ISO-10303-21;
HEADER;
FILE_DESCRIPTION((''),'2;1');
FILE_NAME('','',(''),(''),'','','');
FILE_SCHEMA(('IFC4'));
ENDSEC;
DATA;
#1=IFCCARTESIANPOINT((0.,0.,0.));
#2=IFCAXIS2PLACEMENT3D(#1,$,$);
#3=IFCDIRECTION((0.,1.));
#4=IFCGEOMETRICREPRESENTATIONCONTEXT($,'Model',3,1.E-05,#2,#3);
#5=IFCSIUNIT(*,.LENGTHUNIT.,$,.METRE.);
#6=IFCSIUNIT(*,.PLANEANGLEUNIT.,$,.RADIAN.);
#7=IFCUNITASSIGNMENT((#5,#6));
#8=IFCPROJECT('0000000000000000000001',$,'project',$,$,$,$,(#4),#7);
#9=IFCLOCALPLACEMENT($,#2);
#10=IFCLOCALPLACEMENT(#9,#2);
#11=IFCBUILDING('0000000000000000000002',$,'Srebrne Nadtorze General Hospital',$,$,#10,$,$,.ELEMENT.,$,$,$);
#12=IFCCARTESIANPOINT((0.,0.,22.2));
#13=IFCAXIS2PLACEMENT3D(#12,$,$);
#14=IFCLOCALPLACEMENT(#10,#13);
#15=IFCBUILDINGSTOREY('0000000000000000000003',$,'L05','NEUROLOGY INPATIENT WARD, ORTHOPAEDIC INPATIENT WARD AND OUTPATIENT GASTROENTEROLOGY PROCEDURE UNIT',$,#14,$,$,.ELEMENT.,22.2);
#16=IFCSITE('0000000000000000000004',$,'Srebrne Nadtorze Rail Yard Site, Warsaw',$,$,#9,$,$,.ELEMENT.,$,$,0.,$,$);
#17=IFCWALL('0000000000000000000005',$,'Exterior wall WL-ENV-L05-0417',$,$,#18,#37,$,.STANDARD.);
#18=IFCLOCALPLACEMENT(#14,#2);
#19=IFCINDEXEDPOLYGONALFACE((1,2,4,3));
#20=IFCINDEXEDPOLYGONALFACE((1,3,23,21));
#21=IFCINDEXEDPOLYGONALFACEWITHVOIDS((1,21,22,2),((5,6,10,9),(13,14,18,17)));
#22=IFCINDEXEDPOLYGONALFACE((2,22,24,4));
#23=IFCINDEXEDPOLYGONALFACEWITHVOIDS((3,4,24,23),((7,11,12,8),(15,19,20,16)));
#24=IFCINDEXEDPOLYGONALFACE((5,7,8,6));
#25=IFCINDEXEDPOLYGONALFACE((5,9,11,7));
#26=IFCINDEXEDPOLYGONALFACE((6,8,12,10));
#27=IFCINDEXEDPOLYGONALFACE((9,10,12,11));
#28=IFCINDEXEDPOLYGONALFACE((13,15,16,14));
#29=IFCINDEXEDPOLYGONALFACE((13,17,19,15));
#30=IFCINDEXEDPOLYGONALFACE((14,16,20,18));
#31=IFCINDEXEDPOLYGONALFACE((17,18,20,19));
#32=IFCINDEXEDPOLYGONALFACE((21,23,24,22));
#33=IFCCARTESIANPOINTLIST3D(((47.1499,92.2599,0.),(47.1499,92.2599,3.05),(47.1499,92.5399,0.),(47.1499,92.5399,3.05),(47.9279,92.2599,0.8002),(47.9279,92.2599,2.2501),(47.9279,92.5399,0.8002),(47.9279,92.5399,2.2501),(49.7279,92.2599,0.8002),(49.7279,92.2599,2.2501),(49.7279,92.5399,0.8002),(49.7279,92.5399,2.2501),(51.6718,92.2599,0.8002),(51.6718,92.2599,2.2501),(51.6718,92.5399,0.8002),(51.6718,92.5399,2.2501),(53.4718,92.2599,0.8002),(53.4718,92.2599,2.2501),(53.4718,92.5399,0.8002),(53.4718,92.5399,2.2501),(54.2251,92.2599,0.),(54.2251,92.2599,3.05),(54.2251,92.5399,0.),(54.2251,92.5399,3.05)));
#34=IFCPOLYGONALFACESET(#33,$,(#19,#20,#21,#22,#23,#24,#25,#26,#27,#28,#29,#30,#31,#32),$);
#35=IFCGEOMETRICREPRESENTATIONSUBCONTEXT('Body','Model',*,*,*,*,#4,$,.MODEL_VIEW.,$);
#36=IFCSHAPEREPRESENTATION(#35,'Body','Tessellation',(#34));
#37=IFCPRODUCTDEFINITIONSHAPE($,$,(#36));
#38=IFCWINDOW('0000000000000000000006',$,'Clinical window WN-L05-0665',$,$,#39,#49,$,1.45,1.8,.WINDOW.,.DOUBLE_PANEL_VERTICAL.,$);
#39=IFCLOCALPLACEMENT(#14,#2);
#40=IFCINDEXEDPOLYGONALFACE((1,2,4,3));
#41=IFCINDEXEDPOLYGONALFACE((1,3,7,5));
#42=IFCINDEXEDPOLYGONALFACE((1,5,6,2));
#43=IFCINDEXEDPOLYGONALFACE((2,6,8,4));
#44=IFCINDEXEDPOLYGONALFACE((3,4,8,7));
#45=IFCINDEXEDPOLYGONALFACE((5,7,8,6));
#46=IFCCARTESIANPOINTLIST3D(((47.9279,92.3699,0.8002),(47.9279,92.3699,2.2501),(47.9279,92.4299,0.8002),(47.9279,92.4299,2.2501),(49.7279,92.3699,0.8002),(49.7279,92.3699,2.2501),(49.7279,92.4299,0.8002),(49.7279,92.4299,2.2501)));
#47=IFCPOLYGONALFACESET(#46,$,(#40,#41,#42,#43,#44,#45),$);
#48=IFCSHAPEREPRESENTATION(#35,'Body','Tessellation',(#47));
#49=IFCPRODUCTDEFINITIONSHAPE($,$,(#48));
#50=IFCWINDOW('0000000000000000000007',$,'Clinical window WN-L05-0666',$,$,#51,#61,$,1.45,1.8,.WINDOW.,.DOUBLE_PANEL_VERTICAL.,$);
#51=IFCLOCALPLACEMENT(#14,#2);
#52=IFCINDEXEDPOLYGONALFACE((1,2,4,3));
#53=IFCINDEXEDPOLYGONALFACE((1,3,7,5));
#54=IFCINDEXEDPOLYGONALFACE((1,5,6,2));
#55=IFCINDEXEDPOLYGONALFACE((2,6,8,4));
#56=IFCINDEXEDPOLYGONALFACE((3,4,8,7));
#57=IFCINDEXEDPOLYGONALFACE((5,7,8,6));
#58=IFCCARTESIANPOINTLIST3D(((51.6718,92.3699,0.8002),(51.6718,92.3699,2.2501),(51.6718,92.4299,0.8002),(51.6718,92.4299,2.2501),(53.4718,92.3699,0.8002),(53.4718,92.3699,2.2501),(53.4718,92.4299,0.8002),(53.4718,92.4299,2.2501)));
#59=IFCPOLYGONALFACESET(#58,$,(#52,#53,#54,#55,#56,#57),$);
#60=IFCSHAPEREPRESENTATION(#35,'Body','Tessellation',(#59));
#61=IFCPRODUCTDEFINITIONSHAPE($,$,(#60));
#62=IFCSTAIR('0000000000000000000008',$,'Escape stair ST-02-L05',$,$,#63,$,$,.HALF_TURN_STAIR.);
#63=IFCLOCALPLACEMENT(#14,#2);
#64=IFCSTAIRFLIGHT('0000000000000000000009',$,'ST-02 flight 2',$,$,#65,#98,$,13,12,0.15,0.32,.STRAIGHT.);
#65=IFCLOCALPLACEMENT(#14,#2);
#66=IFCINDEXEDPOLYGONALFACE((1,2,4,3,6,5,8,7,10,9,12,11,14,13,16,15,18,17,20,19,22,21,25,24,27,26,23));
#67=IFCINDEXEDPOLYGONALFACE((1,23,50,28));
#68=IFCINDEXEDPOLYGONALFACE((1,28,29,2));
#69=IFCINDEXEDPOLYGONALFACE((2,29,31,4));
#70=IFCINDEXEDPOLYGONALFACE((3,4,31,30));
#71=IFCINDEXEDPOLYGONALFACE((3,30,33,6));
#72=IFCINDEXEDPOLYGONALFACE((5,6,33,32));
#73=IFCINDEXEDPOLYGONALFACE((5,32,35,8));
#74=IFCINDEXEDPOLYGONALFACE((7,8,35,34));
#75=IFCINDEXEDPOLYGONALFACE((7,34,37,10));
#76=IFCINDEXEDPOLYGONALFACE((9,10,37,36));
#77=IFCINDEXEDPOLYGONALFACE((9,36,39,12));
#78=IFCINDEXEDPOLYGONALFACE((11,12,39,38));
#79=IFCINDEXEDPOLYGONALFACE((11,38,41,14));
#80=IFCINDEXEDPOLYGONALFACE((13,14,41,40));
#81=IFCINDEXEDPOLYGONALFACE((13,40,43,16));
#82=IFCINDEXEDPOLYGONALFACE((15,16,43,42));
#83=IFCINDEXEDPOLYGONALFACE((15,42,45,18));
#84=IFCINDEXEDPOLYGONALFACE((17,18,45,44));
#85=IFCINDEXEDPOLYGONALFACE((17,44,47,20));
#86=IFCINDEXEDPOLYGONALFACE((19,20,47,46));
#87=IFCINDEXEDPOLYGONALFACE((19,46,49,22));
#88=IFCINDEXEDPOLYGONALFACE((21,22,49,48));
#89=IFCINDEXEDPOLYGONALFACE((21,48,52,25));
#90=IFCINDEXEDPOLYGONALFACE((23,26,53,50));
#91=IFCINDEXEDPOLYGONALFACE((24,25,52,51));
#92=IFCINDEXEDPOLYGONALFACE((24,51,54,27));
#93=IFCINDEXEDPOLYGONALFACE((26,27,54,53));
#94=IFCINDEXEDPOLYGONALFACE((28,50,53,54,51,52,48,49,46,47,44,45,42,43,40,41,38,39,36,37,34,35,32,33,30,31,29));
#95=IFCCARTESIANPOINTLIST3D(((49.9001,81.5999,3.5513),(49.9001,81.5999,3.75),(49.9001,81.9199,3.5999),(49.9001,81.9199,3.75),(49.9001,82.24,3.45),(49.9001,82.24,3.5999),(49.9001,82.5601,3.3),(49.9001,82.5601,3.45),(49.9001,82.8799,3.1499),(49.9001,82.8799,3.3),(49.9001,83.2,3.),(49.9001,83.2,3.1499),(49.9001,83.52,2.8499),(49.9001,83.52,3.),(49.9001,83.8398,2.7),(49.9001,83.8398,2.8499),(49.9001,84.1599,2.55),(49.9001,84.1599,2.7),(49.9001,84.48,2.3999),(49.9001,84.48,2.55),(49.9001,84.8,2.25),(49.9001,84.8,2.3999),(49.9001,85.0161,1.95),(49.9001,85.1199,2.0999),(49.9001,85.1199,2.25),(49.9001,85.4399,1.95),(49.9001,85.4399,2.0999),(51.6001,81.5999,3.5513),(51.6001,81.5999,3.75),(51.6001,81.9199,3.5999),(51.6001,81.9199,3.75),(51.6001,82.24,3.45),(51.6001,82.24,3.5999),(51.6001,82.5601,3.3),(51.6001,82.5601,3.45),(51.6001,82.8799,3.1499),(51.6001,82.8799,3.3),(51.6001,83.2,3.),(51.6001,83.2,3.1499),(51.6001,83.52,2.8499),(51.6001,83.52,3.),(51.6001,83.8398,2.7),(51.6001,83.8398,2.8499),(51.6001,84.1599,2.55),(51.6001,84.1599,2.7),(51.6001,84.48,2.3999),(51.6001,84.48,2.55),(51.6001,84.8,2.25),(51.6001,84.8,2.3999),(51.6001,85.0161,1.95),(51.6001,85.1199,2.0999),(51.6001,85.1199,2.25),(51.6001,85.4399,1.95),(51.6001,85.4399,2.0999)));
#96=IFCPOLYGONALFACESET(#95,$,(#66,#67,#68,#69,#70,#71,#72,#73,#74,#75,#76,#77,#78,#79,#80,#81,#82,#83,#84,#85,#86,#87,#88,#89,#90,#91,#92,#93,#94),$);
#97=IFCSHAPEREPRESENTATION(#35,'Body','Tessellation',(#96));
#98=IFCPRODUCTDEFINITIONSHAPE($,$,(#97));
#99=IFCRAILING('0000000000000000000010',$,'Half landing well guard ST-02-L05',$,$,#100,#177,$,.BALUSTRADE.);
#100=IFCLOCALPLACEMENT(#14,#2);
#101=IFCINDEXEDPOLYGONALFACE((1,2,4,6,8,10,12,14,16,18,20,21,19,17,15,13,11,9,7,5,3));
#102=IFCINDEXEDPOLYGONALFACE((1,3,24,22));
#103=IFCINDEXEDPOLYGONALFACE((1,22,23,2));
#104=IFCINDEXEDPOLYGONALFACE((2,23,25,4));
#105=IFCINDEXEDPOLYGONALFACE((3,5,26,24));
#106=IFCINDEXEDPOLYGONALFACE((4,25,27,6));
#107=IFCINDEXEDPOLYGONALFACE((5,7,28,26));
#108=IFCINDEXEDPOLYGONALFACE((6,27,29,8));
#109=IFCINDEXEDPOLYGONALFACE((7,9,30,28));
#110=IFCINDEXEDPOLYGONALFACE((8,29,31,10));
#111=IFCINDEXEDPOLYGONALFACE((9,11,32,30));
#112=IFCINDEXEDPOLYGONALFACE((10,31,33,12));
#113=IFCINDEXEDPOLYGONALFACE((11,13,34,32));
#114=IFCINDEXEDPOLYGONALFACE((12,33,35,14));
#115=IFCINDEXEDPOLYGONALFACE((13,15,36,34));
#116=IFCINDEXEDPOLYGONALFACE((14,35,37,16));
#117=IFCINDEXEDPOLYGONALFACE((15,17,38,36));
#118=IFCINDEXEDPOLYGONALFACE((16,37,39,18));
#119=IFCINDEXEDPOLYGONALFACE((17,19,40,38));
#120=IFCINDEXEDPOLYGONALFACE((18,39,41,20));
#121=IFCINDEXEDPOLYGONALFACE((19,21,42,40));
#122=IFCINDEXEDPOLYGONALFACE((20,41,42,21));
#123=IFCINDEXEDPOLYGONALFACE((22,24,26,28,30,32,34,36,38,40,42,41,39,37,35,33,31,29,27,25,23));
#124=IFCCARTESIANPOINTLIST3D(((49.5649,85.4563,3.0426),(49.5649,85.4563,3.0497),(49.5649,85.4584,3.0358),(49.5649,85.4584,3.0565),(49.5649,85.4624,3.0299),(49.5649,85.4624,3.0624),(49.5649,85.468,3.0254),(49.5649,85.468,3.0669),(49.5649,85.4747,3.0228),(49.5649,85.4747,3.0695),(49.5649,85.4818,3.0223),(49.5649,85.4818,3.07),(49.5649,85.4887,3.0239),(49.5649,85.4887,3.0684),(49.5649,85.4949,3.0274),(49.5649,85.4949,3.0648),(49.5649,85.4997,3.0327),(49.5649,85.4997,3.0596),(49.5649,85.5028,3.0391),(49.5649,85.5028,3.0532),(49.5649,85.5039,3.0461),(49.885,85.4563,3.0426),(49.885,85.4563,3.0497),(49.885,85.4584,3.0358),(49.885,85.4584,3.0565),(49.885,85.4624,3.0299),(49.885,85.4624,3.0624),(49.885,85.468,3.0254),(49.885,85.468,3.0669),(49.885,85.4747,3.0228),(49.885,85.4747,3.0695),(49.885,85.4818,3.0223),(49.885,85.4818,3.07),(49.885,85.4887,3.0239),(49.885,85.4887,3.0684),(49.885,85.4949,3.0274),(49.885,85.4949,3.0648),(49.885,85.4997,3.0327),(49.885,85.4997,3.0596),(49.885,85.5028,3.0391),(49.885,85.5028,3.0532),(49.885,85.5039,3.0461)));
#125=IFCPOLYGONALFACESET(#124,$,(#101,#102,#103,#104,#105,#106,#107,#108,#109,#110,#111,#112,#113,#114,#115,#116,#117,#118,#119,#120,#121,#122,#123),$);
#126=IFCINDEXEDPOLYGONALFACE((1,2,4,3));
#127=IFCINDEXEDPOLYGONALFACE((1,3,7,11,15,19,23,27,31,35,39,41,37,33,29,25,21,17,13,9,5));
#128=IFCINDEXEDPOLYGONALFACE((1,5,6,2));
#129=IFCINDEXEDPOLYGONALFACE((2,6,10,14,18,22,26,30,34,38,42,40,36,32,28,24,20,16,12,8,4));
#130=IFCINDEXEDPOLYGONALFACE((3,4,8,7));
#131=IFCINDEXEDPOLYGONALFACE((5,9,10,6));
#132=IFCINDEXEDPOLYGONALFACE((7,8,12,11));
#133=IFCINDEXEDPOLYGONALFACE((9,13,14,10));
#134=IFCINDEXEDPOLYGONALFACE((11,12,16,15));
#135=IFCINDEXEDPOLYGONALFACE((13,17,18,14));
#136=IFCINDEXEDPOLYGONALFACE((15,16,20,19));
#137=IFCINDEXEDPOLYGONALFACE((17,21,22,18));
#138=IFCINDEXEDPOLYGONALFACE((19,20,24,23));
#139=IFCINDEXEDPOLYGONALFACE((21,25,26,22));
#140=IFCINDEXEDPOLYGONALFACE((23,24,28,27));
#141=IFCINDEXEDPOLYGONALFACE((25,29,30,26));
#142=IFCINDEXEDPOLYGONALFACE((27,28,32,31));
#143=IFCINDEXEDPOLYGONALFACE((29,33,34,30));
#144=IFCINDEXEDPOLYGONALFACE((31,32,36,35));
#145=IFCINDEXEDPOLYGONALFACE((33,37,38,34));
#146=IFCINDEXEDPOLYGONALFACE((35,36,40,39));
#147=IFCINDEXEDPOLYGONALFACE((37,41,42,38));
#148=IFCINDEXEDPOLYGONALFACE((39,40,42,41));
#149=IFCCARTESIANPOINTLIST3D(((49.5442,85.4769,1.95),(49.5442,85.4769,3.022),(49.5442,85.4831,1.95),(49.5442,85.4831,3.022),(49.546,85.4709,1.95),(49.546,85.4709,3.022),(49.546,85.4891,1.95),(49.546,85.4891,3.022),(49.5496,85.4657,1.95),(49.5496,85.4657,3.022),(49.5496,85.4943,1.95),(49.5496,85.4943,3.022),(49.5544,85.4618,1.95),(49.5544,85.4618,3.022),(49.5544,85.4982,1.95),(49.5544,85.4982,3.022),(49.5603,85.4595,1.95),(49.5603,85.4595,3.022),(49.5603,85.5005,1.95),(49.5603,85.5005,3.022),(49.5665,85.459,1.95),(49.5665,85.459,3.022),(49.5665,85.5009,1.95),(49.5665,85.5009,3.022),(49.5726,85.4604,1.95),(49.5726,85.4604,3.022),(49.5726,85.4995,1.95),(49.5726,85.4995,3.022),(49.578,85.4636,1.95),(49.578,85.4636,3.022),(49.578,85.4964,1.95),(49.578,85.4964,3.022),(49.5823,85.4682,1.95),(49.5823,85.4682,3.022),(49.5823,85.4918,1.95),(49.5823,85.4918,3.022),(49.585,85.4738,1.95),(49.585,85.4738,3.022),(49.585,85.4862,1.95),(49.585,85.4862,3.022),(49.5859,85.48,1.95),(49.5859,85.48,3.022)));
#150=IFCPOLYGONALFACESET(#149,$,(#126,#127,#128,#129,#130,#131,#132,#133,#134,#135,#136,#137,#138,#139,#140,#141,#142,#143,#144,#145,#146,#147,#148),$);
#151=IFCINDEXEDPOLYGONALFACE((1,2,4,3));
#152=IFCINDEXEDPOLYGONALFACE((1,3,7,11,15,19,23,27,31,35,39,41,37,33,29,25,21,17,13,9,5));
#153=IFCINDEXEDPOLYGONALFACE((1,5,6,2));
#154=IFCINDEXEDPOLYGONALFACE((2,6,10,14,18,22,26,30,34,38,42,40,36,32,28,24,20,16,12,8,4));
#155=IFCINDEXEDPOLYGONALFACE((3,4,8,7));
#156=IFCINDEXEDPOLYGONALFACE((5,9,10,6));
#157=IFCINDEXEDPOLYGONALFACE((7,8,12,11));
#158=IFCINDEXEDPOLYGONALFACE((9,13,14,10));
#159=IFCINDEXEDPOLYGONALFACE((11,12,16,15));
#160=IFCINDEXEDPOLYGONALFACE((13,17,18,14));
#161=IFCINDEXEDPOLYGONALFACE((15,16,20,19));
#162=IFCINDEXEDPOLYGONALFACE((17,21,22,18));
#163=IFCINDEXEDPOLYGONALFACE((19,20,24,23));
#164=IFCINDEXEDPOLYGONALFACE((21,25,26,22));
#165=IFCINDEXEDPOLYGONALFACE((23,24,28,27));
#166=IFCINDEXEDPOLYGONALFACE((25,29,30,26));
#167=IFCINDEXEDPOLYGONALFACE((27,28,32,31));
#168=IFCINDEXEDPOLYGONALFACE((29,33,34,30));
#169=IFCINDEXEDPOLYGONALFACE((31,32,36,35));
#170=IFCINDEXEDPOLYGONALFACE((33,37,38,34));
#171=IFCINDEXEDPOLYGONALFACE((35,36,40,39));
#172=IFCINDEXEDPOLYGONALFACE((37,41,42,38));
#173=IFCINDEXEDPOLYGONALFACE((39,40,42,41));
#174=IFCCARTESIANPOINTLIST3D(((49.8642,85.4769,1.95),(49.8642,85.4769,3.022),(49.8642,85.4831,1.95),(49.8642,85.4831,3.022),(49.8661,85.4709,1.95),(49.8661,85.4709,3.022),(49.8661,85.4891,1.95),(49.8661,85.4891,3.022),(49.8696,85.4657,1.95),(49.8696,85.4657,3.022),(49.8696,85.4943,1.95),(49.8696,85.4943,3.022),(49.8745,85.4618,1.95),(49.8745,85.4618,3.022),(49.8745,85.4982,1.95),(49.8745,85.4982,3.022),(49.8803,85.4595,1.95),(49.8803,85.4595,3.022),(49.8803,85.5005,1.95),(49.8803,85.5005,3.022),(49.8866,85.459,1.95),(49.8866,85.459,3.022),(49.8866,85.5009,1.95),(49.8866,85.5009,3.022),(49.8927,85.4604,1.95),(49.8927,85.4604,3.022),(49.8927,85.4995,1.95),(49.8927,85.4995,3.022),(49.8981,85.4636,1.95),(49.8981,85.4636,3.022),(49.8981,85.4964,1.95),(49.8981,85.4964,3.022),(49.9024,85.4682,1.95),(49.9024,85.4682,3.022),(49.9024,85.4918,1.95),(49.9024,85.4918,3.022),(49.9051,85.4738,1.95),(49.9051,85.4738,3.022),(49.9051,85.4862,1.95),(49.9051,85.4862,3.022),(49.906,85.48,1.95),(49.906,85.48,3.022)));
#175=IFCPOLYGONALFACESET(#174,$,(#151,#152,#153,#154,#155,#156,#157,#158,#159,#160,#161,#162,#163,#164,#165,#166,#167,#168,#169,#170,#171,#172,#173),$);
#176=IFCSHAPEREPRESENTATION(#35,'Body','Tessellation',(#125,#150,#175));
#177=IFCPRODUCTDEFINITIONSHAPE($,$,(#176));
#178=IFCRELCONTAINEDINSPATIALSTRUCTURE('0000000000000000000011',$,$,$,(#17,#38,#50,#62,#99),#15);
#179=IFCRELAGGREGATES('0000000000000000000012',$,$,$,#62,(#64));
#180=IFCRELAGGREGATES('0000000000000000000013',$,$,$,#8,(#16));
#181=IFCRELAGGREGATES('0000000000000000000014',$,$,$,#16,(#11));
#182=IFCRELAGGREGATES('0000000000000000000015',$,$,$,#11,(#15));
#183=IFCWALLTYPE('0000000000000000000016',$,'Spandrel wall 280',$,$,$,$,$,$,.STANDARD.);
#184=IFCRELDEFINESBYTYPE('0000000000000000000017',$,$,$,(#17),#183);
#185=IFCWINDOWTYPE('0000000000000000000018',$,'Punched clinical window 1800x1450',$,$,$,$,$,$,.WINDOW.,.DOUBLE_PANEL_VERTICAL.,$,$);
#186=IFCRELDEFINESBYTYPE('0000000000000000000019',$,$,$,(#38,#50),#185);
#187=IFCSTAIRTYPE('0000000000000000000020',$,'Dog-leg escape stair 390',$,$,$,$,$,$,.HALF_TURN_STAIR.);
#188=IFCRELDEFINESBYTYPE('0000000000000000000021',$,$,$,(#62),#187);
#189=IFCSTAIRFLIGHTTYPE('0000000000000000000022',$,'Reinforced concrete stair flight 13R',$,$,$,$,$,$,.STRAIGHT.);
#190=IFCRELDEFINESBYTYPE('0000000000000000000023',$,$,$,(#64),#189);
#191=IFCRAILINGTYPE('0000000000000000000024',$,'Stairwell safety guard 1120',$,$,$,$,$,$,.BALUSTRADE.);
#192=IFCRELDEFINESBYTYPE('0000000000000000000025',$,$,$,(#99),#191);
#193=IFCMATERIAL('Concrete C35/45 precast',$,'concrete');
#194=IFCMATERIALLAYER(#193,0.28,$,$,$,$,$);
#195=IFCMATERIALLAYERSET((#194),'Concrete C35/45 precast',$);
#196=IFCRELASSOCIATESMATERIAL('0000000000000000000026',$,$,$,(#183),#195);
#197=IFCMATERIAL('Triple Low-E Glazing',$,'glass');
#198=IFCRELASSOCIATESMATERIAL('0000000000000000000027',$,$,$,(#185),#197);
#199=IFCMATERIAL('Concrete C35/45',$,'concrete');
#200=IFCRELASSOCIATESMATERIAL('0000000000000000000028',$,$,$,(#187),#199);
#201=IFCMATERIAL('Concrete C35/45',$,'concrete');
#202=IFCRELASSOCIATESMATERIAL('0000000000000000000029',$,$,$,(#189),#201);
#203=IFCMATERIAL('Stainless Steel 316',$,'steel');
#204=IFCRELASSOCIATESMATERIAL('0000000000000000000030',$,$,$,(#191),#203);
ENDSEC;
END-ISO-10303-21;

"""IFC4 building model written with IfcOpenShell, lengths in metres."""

from ifc_helpers import new_model, si_unit, direction, frame, frame_2d, origin, origin_2d, place, context, subcontext, project, spatial, polyline, rectangle, circle, outline, extrude, material, layer, layer_set, type_object, element, fill, aggregate, save


model = new_model("IFC4")

# Units and contexts
model_context = context("Model", 3, precision=1e-05, world=origin(), true_north=direction((0.0, 1.0)))
body_context = subcontext(model_context, "Body", "Model", "MODEL_VIEW")
ifc_project = project(units=[si_unit("LENGTHUNIT", "METRE"), si_unit("PLANEANGLEUNIT", "RADIAN")], contexts=[model_context])

# Site, building, storey
site_placement = place(None, origin())
site = spatial("IfcSite", under=ifc_project, at=site_placement, Name="Srebrne Nadtorze Rail Yard Site, Warsaw", CompositionType="ELEMENT", RefElevation=0.0)
building_placement = place(site_placement, origin())
building = spatial("IfcBuilding", under=site, at=building_placement, Name="Srebrne Nadtorze General Hospital", CompositionType="ELEMENT")
storey_placement = place(building_placement, frame((0.0, 0.0, 22.2)))
storey = spatial("IfcBuildingStorey", under=building, at=storey_placement, Name="L05", Description="NEUROLOGY INPATIENT WARD, ORTHOPAEDIC INPATIENT WARD AND OUTPATIENT GASTROENTEROLOGY PROCEDURE UNIT", CompositionType="ELEMENT", Elevation=22.2)

# Wall, openings, windows
ifc_material_1 = material(Name="Concrete C35/45 precast", Category="concrete")
ifc_layer_1 = layer(ifc_material_1, 0.28)
ifc_layer_set_1 = layer_set([ifc_layer_1], Name="Concrete C35/45 precast")
wall_type_1 = type_object("IfcWallType", Name="Spandrel wall 280", PredefinedType="STANDARD", material=ifc_layer_set_1)
wall_1_placement = place(storey_placement, frame((47.1499, 92.3999, 0.0), z_axis=(0.0, 0.0, 1.0), x_axis=(1.0, 0.0, 0.0)))
wall_1 = element("IfcWall", 1, at=wall_1_placement, inside=storey, type_object=wall_type_1, Name="Exterior wall WL-ENV-L05-0417", PredefinedType="STANDARD", context=body_context, shape_type="SweptSolid", body=[
    extrude(rectangle(XDim=7.0752, YDim=0.28, at=frame_2d((3.5376, 0.0))), origin(), (0.0, 0.0, 1.0), 3.05),
])
opening_1_placement = place(wall_1_placement, frame((0.7781, 0.0, 0.8)))
opening_1 = element("IfcOpeningElement", 2, at=opening_1_placement, cuts=wall_1, PredefinedType="OPENING", context=body_context, shape_type="SweptSolid", body=[
    extrude(rectangle(XDim=1.8, YDim=1.45, at=frame_2d((0.8999, 0.7251))), frame((0.0, 0.1519, 0.0), z_axis=(0.0, -1.0, 0.0), x_axis=(1.0, 0.0, 0.0)), (0.0, 0.0, 1.0), 0.304),
])
opening_2_placement = place(wall_1_placement, frame((4.522, 0.0, 0.8)))
opening_2 = element("IfcOpeningElement", 3, at=opening_2_placement, cuts=wall_1, PredefinedType="OPENING", context=body_context, shape_type="SweptSolid", body=[
    extrude(rectangle(XDim=1.8, YDim=1.45, at=frame_2d((0.8999, 0.7251))), frame((0.0, 0.1519, 0.0), z_axis=(0.0, -1.0, 0.0), x_axis=(1.0, 0.0, 0.0)), (0.0, 0.0, 1.0), 0.304),
])
ifc_material_2 = material(Name="Triple Low-E Glazing", Category="glass")
window_type_1 = type_object("IfcWindowType", Name="Punched clinical window 1800x1450", PartitioningType="DOUBLE_PANEL_VERTICAL", PredefinedType="WINDOW", material=ifc_material_2)
window_1_placement = place(opening_1_placement, origin())
window_1 = element("IfcWindow", 4, at=window_1_placement, inside=storey, type_object=window_type_1, Name="Clinical window WN-L05-0665", OverallHeight=1.45, OverallWidth=1.8, PartitioningType="DOUBLE_PANEL_VERTICAL", PredefinedType="WINDOW", context=body_context, shape_type="SweptSolid", body=[
    extrude(rectangle(XDim=1.8, YDim=1.45, at=frame_2d((0.8999, 0.7251))), frame((0.0, 0.03, 0.0), z_axis=(0.0, -1.0, 0.0), x_axis=(1.0, 0.0, 0.0)), (0.0, 0.0, 1.0), 0.0601),
])
fill(opening_1, window_1)
window_2_placement = place(opening_2_placement, origin())
window_2 = element("IfcWindow", 5, at=window_2_placement, inside=storey, type_object=window_type_1, Name="Clinical window WN-L05-0666", OverallHeight=1.45, OverallWidth=1.8, PartitioningType="DOUBLE_PANEL_VERTICAL", PredefinedType="WINDOW", context=body_context, shape_type="SweptSolid", body=[
    extrude(rectangle(XDim=1.8, YDim=1.45, at=frame_2d((0.8999, 0.7251))), frame((0.0, 0.03, 0.0), z_axis=(0.0, -1.0, 0.0), x_axis=(1.0, 0.0, 0.0)), (0.0, 0.0, 1.0), 0.0601),
])
fill(opening_2, window_2)

# Stair, stair flight
ifc_material_3 = material(Name="Concrete C35/45", Category="concrete")
stair_type = type_object("IfcStairType", Name="Dog-leg escape stair 390", PredefinedType="HALF_TURN_STAIR", material=ifc_material_3)
stair_placement = place(storey_placement, origin())
stair = element("IfcStair", 6, at=stair_placement, inside=storey, type_object=stair_type, Name="Escape stair ST-02-L05", PredefinedType="HALF_TURN_STAIR")
ifc_material_4 = material(Name="Concrete C35/45", Category="concrete")
stair_flight_type = type_object("IfcStairFlightType", Name="Reinforced concrete stair flight 13R", PredefinedType="STRAIGHT", material=ifc_material_4)
stair_flight_placement = place(storey_placement, frame((50.75, 85.4399, 1.95), z_axis=(0.0, 0.0, 1.0), x_axis=(0.0, -1.0, 0.0)))
stair_flight = element("IfcStairFlight", 7, at=stair_flight_placement, type_object=stair_flight_type, Name="ST-02 flight 2", NumberOfRisers=13, NumberOfTreads=12, PredefinedType="STRAIGHT", RiserHeight=0.15, TreadLength=0.32, context=body_context, shape_type="SweptSolid", body=[
    extrude(outline(polyline([(0.0, 0.0), (0.0, 0.1499), (0.3201, 0.1499), (0.3201, 0.3), (0.6399, 0.3), (0.6399, 0.45), (0.96, 0.45), (0.96, 0.6001), (1.28, 0.6001), (1.28, 0.75), (1.6001, 0.75), (1.6001, 0.8999), (1.9199, 0.8999), (1.9199, 1.05), (2.24, 1.05), (2.24, 1.2), (2.5601, 1.2), (2.5601, 1.3501), (2.8799, 1.3501), (2.8799, 1.5), (3.2, 1.5), (3.2, 1.6499), (3.52, 1.6499), (3.52, 1.8), (3.8401, 1.8), (3.8401, 1.95), (3.8401, 1.6013), (0.4238, 0.0), (0.0, 0.0)])), frame((0.0, 0.8501, 0.0), z_axis=(0.0, -1.0, 0.0), x_axis=(1.0, 0.0, 0.0)), (0.0, 0.0, 1.0), 1.7),
])
aggregate(stair, [stair_flight])

# Railing
ifc_material_5 = material(Name="Stainless Steel 316", Category="steel")
railing_type_1 = type_object("IfcRailingType", Name="Stairwell safety guard 1120", PredefinedType="BALUSTRADE", material=ifc_material_5)
railing_1_placement = place(storey_placement, frame((49.5649, 85.48, 1.95)))
element("IfcRailing", 8, at=railing_1_placement, inside=storey, type_object=railing_type_1, Name="Half landing well guard ST-02-L05", PredefinedType="BALUSTRADE", context=body_context, shape_type="SweptSolid", body=[
    extrude(circle(Radius=0.0239, at=origin_2d()), frame((0.0, 0.0, 1.0962), z_axis=(1.0, 0.0, 0.0), x_axis=(0.0, 1.0, 0.0)), (0.0, 0.0, 1.0), 0.3201),
    extrude(circle(Radius=0.021, at=origin_2d()), origin(), (0.0, 0.0, 1.0), 1.072),
    extrude(circle(Radius=0.021, at=origin_2d()), frame((0.3201, 0.0, 0.0)), (0.0, 0.0, 1.0), 1.072),
])

save(model, "model.ifc")
